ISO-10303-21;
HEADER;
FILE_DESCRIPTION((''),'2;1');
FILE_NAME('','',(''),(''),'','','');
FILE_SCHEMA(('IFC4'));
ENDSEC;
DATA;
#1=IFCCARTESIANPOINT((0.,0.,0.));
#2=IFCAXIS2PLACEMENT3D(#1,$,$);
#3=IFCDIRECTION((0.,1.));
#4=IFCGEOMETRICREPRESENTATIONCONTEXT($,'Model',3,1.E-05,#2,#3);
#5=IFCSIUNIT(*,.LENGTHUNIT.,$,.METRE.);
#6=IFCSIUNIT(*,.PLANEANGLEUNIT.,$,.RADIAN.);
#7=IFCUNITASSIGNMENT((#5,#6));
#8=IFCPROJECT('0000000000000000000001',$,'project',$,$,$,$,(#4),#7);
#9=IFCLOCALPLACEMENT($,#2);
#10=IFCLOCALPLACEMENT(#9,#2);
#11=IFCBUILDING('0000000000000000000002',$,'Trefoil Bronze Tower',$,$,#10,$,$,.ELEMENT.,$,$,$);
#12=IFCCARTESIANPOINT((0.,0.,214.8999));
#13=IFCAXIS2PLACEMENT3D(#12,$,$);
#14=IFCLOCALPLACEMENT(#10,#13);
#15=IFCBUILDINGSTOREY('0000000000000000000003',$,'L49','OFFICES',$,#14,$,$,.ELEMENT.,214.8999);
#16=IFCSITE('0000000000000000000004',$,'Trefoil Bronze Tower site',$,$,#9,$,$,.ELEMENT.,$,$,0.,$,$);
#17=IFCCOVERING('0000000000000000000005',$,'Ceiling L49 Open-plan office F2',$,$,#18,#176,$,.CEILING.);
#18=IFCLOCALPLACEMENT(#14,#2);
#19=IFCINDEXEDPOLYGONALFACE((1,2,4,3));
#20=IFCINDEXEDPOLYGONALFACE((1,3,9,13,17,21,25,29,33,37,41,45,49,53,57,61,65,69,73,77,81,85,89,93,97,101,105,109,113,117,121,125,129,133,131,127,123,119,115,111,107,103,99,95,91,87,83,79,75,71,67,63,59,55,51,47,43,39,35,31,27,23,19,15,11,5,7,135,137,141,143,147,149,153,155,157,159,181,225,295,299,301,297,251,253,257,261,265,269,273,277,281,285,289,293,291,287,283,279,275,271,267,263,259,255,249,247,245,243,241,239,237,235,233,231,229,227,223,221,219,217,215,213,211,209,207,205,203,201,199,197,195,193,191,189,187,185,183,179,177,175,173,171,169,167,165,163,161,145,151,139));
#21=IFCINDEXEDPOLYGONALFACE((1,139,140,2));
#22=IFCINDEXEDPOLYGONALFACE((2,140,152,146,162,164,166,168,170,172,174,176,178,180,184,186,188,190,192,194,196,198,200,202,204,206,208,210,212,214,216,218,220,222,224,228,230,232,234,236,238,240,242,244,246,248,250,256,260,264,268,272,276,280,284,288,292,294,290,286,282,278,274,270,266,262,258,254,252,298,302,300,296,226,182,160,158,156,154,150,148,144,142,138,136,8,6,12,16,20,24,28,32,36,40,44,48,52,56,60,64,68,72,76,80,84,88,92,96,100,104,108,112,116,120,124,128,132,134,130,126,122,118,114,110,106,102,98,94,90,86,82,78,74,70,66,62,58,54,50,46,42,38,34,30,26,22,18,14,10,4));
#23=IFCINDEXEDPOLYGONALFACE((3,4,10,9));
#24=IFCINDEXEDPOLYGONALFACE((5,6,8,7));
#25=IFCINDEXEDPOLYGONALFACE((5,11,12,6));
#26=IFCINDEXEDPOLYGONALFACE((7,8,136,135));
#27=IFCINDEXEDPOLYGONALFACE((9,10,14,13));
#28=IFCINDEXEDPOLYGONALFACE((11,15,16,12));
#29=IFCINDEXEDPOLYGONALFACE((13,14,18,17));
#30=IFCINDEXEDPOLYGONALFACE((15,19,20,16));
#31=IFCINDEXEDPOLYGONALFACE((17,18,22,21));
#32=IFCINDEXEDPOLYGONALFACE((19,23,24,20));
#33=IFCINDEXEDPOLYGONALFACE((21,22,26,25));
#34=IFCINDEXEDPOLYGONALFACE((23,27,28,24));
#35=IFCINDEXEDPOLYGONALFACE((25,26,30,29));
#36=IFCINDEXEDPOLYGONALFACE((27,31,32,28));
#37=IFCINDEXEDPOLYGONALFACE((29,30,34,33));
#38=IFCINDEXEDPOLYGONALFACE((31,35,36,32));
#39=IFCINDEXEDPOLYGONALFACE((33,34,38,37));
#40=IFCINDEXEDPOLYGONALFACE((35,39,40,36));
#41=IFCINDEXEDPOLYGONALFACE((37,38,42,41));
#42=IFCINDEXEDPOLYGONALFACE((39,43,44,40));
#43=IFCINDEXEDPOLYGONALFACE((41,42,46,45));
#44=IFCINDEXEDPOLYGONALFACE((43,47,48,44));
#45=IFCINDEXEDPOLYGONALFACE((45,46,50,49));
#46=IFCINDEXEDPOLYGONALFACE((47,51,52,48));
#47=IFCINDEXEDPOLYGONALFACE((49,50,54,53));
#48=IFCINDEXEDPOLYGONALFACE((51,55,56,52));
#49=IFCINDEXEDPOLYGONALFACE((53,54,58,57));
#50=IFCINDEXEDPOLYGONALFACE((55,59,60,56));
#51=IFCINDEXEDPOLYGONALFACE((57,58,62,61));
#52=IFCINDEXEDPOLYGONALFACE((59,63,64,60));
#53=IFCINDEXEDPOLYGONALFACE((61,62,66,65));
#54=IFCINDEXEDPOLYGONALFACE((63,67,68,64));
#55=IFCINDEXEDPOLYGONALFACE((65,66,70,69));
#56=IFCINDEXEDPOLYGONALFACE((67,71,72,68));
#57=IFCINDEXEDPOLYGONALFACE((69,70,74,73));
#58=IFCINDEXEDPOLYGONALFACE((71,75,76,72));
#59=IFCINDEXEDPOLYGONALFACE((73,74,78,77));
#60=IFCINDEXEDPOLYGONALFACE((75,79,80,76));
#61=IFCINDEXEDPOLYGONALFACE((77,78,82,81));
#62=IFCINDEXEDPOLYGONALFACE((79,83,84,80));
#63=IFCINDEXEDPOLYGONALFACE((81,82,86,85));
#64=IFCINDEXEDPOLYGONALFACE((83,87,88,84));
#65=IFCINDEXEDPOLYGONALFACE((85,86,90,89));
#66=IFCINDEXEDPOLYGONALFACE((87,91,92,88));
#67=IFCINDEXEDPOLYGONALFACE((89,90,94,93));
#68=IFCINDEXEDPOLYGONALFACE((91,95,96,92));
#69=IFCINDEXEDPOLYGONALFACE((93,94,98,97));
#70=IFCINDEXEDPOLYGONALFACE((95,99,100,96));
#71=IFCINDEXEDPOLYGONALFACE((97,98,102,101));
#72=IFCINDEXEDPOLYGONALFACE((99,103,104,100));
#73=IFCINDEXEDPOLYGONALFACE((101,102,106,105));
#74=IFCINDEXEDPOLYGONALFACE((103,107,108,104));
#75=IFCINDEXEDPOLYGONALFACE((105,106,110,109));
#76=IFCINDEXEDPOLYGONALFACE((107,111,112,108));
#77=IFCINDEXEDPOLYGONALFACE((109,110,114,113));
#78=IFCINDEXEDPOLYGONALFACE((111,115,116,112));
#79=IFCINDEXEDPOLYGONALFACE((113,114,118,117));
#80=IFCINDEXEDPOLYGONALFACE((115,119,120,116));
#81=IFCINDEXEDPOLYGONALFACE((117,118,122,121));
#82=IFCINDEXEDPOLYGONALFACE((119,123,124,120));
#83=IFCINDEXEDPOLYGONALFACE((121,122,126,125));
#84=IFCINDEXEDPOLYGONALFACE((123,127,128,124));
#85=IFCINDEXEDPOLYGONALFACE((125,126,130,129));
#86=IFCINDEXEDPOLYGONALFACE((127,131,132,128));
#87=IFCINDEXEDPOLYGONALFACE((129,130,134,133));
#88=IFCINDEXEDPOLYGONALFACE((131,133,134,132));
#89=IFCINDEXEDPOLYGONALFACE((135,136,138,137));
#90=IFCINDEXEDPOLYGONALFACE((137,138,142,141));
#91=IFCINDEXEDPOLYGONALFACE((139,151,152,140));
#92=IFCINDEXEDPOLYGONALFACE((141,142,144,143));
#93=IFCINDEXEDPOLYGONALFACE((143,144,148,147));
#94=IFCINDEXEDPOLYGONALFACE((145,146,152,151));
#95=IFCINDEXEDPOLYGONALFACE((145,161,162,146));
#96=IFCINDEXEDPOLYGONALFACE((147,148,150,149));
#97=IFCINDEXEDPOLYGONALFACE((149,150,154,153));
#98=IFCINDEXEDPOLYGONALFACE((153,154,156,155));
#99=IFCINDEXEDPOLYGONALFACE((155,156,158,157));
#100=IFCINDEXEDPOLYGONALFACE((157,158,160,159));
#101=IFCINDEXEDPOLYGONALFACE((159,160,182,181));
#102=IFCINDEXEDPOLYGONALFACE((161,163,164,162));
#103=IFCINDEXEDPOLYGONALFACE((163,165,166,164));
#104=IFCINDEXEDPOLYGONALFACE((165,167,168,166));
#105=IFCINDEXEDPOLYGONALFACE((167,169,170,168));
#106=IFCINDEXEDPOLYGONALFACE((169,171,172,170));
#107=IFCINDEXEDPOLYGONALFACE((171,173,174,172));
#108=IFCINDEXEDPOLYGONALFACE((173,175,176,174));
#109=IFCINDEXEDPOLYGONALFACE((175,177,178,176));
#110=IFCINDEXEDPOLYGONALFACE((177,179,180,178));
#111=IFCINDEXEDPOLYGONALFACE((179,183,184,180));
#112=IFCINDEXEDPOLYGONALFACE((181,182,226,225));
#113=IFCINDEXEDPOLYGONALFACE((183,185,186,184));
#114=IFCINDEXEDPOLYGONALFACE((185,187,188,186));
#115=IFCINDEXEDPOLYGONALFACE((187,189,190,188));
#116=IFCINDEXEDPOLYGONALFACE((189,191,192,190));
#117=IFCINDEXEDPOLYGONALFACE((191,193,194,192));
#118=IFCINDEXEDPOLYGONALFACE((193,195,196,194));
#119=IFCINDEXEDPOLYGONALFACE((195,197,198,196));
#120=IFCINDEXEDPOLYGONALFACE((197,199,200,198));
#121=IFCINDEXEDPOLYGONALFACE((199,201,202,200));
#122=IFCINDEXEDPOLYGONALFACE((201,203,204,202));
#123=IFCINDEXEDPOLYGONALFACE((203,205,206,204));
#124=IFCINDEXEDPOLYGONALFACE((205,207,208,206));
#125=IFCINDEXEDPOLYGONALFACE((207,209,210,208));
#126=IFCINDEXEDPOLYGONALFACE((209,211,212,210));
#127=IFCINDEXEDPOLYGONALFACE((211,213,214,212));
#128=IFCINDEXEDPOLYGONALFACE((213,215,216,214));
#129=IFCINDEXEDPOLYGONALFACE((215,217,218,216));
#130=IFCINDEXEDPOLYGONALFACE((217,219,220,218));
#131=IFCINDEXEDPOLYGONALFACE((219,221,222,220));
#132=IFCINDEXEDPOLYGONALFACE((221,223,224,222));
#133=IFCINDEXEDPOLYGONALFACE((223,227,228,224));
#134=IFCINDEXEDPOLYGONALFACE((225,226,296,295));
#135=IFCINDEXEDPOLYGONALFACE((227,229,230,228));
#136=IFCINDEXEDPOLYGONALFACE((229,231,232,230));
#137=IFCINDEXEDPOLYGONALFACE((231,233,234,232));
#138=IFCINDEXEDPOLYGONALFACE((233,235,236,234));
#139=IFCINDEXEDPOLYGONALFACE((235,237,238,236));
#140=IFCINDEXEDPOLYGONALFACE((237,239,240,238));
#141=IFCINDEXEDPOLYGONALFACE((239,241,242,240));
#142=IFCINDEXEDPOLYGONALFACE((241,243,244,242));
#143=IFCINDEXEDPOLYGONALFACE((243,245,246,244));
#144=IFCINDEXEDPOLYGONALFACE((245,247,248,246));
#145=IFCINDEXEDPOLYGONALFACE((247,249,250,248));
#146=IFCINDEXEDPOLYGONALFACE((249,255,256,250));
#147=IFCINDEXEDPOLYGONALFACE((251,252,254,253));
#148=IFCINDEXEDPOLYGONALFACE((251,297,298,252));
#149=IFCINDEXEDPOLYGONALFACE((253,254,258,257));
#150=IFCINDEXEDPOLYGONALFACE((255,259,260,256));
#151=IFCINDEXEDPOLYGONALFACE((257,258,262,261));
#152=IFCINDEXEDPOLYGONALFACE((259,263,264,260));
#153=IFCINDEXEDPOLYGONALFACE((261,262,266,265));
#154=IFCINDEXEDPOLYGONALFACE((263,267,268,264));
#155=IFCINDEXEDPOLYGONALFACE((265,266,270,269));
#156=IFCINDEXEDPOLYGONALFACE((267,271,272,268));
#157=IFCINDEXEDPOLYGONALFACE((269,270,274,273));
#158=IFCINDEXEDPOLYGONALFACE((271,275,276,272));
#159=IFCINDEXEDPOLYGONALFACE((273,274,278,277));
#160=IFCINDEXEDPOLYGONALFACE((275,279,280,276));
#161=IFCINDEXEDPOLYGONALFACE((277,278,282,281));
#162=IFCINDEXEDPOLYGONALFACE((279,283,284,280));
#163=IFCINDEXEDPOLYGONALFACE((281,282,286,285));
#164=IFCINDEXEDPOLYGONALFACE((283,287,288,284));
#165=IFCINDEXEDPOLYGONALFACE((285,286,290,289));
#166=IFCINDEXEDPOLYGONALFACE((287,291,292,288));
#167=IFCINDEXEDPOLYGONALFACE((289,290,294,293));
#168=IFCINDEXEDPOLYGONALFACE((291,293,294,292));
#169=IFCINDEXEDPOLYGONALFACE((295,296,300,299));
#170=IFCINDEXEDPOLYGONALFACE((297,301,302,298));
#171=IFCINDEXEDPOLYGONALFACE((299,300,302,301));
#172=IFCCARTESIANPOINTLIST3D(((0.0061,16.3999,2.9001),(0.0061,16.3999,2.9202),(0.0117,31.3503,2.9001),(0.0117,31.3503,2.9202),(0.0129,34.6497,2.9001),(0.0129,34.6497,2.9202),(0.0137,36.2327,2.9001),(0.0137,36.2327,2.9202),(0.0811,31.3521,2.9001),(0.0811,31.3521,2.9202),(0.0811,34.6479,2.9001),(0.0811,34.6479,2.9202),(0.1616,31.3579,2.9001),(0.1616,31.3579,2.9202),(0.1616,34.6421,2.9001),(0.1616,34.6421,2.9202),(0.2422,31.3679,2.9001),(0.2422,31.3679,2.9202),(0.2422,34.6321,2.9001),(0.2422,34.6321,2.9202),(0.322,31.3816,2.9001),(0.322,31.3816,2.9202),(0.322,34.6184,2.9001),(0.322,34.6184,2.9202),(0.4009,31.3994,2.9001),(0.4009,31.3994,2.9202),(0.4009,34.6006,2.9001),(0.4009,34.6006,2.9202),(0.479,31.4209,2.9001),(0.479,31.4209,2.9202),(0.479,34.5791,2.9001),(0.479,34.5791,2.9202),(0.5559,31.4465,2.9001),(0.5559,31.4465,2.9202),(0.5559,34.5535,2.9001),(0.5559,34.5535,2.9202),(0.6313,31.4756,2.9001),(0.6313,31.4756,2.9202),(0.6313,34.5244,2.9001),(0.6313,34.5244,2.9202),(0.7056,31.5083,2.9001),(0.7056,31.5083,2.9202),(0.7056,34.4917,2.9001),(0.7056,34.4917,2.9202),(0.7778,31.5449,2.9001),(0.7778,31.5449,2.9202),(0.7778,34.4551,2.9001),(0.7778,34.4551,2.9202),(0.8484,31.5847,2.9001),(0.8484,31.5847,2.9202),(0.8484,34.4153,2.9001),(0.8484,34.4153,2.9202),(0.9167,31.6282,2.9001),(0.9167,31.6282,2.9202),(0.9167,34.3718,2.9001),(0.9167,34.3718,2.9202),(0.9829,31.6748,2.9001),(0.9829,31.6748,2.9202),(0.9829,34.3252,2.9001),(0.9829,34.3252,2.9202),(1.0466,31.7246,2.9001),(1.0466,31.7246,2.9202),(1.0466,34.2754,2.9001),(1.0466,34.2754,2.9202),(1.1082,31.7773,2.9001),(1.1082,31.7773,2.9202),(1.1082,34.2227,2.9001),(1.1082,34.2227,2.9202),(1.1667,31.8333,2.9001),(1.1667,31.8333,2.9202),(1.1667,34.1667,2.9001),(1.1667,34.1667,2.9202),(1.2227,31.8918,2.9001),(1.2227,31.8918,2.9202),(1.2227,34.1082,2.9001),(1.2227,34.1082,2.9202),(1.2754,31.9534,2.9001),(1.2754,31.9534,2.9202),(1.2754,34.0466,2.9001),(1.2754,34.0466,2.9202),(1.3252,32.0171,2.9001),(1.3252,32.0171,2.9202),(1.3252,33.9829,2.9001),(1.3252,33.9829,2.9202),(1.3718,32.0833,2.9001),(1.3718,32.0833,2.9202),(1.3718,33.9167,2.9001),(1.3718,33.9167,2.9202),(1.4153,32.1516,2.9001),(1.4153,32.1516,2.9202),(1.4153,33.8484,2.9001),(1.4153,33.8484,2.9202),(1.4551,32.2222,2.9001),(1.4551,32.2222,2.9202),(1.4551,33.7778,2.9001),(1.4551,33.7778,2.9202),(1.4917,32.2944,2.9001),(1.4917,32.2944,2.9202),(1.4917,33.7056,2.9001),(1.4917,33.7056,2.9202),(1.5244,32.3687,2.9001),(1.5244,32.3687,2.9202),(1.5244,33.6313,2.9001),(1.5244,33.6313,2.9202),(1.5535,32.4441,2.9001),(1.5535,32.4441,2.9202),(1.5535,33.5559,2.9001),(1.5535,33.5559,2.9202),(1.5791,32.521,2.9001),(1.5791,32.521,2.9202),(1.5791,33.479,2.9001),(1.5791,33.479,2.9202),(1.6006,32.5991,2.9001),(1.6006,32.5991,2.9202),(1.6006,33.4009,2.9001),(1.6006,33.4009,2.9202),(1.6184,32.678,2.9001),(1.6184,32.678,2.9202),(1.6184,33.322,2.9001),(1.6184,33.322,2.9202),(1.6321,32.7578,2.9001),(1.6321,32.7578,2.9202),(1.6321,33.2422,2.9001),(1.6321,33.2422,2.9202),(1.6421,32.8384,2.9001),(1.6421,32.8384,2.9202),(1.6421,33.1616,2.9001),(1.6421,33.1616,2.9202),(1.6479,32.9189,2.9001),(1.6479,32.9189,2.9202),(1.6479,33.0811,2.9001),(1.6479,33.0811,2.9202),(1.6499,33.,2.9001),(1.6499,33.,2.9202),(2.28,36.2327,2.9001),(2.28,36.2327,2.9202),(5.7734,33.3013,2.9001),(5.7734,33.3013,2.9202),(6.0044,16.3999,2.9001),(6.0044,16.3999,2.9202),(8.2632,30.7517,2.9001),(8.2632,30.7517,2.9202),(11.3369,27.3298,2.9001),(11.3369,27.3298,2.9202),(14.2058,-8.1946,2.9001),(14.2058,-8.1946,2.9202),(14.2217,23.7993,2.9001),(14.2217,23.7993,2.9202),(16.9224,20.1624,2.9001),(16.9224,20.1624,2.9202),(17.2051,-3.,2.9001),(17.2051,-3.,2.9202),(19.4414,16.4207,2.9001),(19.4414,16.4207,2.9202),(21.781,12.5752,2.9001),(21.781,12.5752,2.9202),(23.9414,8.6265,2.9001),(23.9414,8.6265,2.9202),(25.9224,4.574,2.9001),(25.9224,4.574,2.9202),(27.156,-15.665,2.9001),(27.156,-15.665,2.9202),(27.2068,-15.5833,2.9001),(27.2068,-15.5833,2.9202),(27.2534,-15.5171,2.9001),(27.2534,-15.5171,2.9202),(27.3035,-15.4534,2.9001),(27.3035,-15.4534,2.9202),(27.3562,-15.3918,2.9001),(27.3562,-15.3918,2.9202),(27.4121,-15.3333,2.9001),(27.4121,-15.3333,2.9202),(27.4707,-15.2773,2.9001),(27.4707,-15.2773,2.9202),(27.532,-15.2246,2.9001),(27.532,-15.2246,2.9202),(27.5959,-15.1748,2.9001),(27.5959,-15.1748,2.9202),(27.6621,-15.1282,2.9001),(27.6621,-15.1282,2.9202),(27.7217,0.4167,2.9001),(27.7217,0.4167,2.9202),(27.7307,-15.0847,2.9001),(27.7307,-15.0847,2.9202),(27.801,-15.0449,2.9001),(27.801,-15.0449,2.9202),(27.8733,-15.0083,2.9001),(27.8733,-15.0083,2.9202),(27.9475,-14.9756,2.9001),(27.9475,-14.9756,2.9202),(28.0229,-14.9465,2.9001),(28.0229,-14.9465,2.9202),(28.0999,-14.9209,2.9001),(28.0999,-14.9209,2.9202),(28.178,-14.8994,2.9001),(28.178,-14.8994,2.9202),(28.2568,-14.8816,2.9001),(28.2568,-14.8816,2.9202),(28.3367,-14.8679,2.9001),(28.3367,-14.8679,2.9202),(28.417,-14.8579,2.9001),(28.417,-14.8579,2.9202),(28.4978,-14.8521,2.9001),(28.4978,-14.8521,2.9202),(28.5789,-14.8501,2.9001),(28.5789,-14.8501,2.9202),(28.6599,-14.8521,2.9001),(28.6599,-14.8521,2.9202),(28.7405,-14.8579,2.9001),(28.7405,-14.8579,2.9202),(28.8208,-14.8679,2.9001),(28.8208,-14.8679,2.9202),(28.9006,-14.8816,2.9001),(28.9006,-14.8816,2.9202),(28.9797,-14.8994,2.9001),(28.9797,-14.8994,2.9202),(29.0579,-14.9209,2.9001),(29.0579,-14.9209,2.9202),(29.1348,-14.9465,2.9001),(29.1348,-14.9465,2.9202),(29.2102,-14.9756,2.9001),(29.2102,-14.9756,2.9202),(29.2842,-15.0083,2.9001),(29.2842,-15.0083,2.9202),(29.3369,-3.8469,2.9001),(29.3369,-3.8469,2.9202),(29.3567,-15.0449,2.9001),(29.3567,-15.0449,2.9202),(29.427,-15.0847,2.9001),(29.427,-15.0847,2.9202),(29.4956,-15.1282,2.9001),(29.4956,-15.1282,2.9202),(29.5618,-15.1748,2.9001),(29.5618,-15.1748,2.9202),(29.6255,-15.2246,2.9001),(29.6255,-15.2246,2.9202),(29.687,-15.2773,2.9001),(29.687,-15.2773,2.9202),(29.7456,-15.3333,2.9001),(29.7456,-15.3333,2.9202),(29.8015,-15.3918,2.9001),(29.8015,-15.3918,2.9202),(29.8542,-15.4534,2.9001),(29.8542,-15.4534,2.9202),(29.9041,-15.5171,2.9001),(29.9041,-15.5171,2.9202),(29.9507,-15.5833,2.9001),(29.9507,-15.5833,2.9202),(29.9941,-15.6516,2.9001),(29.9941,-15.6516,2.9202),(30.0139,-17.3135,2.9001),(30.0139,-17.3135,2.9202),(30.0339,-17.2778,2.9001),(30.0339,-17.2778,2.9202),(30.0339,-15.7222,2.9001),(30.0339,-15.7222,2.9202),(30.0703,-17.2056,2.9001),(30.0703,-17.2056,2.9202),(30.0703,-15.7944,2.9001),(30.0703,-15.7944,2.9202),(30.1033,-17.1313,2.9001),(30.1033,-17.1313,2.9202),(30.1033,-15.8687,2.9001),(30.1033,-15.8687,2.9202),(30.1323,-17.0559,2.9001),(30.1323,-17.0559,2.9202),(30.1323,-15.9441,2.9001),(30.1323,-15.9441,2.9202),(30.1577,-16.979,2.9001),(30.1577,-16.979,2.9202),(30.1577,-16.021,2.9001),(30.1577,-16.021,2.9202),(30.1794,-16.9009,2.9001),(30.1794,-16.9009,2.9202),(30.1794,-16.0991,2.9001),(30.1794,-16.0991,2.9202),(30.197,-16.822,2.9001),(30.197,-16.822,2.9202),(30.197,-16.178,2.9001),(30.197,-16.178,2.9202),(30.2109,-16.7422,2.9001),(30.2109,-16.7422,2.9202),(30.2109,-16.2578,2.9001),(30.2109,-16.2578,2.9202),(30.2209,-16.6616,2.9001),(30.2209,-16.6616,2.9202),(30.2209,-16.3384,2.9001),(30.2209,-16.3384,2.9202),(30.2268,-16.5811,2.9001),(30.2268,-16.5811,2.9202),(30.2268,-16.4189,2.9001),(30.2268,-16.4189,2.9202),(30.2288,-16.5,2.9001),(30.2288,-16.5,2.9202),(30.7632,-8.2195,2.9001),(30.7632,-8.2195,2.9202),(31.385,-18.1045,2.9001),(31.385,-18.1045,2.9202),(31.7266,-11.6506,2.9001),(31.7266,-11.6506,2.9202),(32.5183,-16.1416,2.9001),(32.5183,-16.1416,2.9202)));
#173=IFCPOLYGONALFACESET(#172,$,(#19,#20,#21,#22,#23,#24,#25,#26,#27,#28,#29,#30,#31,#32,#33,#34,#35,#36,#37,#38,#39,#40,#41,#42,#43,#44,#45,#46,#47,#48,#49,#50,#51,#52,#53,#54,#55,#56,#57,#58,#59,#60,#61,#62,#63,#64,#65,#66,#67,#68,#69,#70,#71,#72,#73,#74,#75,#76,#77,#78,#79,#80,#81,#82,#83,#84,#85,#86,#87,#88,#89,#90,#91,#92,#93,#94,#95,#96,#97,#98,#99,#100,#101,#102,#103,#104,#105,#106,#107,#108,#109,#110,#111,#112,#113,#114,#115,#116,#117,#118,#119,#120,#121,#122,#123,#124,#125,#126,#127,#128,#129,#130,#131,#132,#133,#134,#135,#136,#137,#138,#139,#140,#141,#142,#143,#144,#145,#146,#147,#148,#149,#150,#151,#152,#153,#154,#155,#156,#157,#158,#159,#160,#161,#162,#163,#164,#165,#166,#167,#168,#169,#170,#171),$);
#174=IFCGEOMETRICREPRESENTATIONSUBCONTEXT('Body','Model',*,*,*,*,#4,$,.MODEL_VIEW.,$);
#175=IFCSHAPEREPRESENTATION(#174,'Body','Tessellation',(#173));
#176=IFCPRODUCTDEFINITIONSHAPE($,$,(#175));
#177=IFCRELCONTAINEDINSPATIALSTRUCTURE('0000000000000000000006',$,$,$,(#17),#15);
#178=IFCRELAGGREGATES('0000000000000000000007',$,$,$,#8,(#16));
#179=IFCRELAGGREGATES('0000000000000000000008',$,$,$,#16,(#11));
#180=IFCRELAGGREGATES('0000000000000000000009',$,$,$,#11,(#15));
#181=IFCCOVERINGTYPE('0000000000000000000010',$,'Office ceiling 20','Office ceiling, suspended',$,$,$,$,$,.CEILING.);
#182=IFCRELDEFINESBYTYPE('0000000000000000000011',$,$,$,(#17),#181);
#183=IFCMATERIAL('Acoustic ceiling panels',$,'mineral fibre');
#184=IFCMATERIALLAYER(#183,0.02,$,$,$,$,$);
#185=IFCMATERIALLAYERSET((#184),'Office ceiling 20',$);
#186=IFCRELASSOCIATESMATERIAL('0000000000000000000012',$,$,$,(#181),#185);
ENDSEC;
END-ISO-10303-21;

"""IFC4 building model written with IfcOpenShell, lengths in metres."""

from ifc_helpers import new_model, si_unit, direction, frame, origin, place, context, subcontext, project, spatial, polyline, outline, extrude, material, layer, layer_set, type_object, element, save


model = new_model("IFC4")

# Units and contexts
model_context = context("Model", 3, precision=1e-05, world=origin(), true_north=direction((0.0, 1.0)))
body_context = subcontext(model_context, "Body", "Model", "MODEL_VIEW")
ifc_project = project(units=[si_unit("LENGTHUNIT", "METRE"), si_unit("PLANEANGLEUNIT", "RADIAN")], contexts=[model_context])

# Site, building, storey
site_placement = place(None, origin())
site = spatial("IfcSite", under=ifc_project, at=site_placement, Name="Trefoil Bronze Tower site", CompositionType="ELEMENT", RefElevation=0.0)
building_placement = place(site_placement, origin())
building = spatial("IfcBuilding", under=site, at=building_placement, Name="Trefoil Bronze Tower", CompositionType="ELEMENT")
storey_placement = place(building_placement, frame((0.0, 0.0, 214.8999)))
storey = spatial("IfcBuildingStorey", under=building, at=storey_placement, Name="L49", Description="OFFICES", CompositionType="ELEMENT", Elevation=214.8999)

# Covering
ifc_material_1 = material(Name="Acoustic ceiling panels", Category="mineral fibre")
ifc_layer_1 = layer(ifc_material_1, 0.02)
ifc_layer_set_1 = layer_set([ifc_layer_1], Name="Office ceiling 20")
covering_type_1 = type_object("IfcCoveringType", Name="Office ceiling 20", Description="Office ceiling, suspended", PredefinedType="CEILING", material=ifc_layer_set_1)
covering_1_placement = place(storey_placement, frame((0.0, 0.0, 2.9001)))
element("IfcCovering", 1, at=covering_1_placement, inside=storey, type_object=covering_type_1, Name="Ceiling L49 Open-plan office F2", PredefinedType="CEILING", context=body_context, shape_type="SweptSolid", body=[
    extrude(outline(polyline([(8.2632, 30.7517), (11.3369, 27.3298), (14.2217, 23.7993), (16.9224, 20.1624), (19.4414, 16.4207), (21.781, 12.5752), (23.9414, 8.6265), (25.9224, 4.574), (27.7217, 0.4167), (29.3369, -3.8469), (30.7632, -8.2195), (31.7266, -11.6506), (32.5183, -16.1416), (31.385, -18.1045), (30.0139, -17.3135), (30.0339, -17.2778), (30.0703, -17.2056), (30.1033, -17.1313), (30.1323, -17.0559), (30.1577, -16.979), (30.1794, -16.9009), (30.197, -16.822), (30.2109, -16.7422), (30.2209, -16.6616), (30.2268, -16.5811), (30.2288, -16.5), (30.2268, -16.4189), (30.2209, -16.3384), (30.2109, -16.2578), (30.197, -16.178), (30.1794, -16.0991), (30.1577, -16.021), (30.1323, -15.9441), (30.1033, -15.8687), (30.0703, -15.7944), (30.0339, -15.7222), (29.9941, -15.6516), (29.9507, -15.5833), (29.9041, -15.5171), (29.8542, -15.4534), (29.8015, -15.3918), (29.7456, -15.3333), (29.687, -15.2773), (29.6255, -15.2246), (29.5618, -15.1748), (29.4956, -15.1282), (29.427, -15.0847), (29.3567, -15.0449), (29.2842, -15.0083), (29.2102, -14.9756), (29.1348, -14.9465), (29.0579, -14.9209), (28.9797, -14.8994), (28.9006, -14.8816), (28.8208, -14.8679), (28.7405, -14.8579), (28.6599, -14.8521), (28.5789, -14.8501), (28.4978, -14.8521), (28.417, -14.8579), (28.3367, -14.8679), (28.2568, -14.8816), (28.178, -14.8994), (28.0999, -14.9209), (28.0229, -14.9465), (27.9475, -14.9756), (27.8733, -15.0083), (27.801, -15.0449), (27.7307, -15.0847), (27.6621, -15.1282), (27.5959, -15.1748), (27.532, -15.2246), (27.4707, -15.2773), (27.4121, -15.3333), (27.3562, -15.3918), (27.3035, -15.4534), (27.2534, -15.5171), (27.2068, -15.5833), (27.156, -15.665), (14.2058, -8.1946), (17.2051, -3.0), (6.0044, 16.3999), (0.0061, 16.3999), (0.0117, 31.3503), (0.0811, 31.3521), (0.1616, 31.3579), (0.2422, 31.3679), (0.322, 31.3816), (0.4009, 31.3994), (0.479, 31.4209), (0.5559, 31.4465), (0.6313, 31.4756), (0.7056, 31.5083), (0.7778, 31.5449), (0.8484, 31.5847), (0.9167, 31.6282), (0.9829, 31.6748), (1.0466, 31.7246), (1.1082, 31.7773), (1.1667, 31.8333), (1.2227, 31.8918), (1.2754, 31.9534), (1.3252, 32.0171), (1.3718, 32.0833), (1.4153, 32.1516), (1.4551, 32.2222), (1.4917, 32.2944), (1.5244, 32.3687), (1.5535, 32.4441), (1.5791, 32.521), (1.6006, 32.5991), (1.6184, 32.678), (1.6321, 32.7578), (1.6421, 32.8384), (1.6479, 32.9189), (1.6499, 33.0), (1.6479, 33.0811), (1.6421, 33.1616), (1.6321, 33.2422), (1.6184, 33.322), (1.6006, 33.4009), (1.5791, 33.479), (1.5535, 33.5559), (1.5244, 33.6313), (1.4917, 33.7056), (1.4551, 33.7778), (1.4153, 33.8484), (1.3718, 33.9167), (1.3252, 33.9829), (1.2754, 34.0466), (1.2227, 34.1082), (1.1667, 34.1667), (1.1082, 34.2227), (1.0466, 34.2754), (0.9829, 34.3252), (0.9167, 34.3718), (0.8484, 34.4153), (0.7778, 34.4551), (0.7056, 34.4917), (0.6313, 34.5244), (0.5559, 34.5535), (0.479, 34.5791), (0.4009, 34.6006), (0.322, 34.6184), (0.2422, 34.6321), (0.1616, 34.6421), (0.0811, 34.6479), (0.0129, 34.6497), (0.0137, 36.2327), (2.28, 36.2327), (5.7734, 33.3013), (8.2632, 30.7517)])), origin(), (0.0, 0.0, 1.0), 0.02),
])

save(model, "model.ifc")
